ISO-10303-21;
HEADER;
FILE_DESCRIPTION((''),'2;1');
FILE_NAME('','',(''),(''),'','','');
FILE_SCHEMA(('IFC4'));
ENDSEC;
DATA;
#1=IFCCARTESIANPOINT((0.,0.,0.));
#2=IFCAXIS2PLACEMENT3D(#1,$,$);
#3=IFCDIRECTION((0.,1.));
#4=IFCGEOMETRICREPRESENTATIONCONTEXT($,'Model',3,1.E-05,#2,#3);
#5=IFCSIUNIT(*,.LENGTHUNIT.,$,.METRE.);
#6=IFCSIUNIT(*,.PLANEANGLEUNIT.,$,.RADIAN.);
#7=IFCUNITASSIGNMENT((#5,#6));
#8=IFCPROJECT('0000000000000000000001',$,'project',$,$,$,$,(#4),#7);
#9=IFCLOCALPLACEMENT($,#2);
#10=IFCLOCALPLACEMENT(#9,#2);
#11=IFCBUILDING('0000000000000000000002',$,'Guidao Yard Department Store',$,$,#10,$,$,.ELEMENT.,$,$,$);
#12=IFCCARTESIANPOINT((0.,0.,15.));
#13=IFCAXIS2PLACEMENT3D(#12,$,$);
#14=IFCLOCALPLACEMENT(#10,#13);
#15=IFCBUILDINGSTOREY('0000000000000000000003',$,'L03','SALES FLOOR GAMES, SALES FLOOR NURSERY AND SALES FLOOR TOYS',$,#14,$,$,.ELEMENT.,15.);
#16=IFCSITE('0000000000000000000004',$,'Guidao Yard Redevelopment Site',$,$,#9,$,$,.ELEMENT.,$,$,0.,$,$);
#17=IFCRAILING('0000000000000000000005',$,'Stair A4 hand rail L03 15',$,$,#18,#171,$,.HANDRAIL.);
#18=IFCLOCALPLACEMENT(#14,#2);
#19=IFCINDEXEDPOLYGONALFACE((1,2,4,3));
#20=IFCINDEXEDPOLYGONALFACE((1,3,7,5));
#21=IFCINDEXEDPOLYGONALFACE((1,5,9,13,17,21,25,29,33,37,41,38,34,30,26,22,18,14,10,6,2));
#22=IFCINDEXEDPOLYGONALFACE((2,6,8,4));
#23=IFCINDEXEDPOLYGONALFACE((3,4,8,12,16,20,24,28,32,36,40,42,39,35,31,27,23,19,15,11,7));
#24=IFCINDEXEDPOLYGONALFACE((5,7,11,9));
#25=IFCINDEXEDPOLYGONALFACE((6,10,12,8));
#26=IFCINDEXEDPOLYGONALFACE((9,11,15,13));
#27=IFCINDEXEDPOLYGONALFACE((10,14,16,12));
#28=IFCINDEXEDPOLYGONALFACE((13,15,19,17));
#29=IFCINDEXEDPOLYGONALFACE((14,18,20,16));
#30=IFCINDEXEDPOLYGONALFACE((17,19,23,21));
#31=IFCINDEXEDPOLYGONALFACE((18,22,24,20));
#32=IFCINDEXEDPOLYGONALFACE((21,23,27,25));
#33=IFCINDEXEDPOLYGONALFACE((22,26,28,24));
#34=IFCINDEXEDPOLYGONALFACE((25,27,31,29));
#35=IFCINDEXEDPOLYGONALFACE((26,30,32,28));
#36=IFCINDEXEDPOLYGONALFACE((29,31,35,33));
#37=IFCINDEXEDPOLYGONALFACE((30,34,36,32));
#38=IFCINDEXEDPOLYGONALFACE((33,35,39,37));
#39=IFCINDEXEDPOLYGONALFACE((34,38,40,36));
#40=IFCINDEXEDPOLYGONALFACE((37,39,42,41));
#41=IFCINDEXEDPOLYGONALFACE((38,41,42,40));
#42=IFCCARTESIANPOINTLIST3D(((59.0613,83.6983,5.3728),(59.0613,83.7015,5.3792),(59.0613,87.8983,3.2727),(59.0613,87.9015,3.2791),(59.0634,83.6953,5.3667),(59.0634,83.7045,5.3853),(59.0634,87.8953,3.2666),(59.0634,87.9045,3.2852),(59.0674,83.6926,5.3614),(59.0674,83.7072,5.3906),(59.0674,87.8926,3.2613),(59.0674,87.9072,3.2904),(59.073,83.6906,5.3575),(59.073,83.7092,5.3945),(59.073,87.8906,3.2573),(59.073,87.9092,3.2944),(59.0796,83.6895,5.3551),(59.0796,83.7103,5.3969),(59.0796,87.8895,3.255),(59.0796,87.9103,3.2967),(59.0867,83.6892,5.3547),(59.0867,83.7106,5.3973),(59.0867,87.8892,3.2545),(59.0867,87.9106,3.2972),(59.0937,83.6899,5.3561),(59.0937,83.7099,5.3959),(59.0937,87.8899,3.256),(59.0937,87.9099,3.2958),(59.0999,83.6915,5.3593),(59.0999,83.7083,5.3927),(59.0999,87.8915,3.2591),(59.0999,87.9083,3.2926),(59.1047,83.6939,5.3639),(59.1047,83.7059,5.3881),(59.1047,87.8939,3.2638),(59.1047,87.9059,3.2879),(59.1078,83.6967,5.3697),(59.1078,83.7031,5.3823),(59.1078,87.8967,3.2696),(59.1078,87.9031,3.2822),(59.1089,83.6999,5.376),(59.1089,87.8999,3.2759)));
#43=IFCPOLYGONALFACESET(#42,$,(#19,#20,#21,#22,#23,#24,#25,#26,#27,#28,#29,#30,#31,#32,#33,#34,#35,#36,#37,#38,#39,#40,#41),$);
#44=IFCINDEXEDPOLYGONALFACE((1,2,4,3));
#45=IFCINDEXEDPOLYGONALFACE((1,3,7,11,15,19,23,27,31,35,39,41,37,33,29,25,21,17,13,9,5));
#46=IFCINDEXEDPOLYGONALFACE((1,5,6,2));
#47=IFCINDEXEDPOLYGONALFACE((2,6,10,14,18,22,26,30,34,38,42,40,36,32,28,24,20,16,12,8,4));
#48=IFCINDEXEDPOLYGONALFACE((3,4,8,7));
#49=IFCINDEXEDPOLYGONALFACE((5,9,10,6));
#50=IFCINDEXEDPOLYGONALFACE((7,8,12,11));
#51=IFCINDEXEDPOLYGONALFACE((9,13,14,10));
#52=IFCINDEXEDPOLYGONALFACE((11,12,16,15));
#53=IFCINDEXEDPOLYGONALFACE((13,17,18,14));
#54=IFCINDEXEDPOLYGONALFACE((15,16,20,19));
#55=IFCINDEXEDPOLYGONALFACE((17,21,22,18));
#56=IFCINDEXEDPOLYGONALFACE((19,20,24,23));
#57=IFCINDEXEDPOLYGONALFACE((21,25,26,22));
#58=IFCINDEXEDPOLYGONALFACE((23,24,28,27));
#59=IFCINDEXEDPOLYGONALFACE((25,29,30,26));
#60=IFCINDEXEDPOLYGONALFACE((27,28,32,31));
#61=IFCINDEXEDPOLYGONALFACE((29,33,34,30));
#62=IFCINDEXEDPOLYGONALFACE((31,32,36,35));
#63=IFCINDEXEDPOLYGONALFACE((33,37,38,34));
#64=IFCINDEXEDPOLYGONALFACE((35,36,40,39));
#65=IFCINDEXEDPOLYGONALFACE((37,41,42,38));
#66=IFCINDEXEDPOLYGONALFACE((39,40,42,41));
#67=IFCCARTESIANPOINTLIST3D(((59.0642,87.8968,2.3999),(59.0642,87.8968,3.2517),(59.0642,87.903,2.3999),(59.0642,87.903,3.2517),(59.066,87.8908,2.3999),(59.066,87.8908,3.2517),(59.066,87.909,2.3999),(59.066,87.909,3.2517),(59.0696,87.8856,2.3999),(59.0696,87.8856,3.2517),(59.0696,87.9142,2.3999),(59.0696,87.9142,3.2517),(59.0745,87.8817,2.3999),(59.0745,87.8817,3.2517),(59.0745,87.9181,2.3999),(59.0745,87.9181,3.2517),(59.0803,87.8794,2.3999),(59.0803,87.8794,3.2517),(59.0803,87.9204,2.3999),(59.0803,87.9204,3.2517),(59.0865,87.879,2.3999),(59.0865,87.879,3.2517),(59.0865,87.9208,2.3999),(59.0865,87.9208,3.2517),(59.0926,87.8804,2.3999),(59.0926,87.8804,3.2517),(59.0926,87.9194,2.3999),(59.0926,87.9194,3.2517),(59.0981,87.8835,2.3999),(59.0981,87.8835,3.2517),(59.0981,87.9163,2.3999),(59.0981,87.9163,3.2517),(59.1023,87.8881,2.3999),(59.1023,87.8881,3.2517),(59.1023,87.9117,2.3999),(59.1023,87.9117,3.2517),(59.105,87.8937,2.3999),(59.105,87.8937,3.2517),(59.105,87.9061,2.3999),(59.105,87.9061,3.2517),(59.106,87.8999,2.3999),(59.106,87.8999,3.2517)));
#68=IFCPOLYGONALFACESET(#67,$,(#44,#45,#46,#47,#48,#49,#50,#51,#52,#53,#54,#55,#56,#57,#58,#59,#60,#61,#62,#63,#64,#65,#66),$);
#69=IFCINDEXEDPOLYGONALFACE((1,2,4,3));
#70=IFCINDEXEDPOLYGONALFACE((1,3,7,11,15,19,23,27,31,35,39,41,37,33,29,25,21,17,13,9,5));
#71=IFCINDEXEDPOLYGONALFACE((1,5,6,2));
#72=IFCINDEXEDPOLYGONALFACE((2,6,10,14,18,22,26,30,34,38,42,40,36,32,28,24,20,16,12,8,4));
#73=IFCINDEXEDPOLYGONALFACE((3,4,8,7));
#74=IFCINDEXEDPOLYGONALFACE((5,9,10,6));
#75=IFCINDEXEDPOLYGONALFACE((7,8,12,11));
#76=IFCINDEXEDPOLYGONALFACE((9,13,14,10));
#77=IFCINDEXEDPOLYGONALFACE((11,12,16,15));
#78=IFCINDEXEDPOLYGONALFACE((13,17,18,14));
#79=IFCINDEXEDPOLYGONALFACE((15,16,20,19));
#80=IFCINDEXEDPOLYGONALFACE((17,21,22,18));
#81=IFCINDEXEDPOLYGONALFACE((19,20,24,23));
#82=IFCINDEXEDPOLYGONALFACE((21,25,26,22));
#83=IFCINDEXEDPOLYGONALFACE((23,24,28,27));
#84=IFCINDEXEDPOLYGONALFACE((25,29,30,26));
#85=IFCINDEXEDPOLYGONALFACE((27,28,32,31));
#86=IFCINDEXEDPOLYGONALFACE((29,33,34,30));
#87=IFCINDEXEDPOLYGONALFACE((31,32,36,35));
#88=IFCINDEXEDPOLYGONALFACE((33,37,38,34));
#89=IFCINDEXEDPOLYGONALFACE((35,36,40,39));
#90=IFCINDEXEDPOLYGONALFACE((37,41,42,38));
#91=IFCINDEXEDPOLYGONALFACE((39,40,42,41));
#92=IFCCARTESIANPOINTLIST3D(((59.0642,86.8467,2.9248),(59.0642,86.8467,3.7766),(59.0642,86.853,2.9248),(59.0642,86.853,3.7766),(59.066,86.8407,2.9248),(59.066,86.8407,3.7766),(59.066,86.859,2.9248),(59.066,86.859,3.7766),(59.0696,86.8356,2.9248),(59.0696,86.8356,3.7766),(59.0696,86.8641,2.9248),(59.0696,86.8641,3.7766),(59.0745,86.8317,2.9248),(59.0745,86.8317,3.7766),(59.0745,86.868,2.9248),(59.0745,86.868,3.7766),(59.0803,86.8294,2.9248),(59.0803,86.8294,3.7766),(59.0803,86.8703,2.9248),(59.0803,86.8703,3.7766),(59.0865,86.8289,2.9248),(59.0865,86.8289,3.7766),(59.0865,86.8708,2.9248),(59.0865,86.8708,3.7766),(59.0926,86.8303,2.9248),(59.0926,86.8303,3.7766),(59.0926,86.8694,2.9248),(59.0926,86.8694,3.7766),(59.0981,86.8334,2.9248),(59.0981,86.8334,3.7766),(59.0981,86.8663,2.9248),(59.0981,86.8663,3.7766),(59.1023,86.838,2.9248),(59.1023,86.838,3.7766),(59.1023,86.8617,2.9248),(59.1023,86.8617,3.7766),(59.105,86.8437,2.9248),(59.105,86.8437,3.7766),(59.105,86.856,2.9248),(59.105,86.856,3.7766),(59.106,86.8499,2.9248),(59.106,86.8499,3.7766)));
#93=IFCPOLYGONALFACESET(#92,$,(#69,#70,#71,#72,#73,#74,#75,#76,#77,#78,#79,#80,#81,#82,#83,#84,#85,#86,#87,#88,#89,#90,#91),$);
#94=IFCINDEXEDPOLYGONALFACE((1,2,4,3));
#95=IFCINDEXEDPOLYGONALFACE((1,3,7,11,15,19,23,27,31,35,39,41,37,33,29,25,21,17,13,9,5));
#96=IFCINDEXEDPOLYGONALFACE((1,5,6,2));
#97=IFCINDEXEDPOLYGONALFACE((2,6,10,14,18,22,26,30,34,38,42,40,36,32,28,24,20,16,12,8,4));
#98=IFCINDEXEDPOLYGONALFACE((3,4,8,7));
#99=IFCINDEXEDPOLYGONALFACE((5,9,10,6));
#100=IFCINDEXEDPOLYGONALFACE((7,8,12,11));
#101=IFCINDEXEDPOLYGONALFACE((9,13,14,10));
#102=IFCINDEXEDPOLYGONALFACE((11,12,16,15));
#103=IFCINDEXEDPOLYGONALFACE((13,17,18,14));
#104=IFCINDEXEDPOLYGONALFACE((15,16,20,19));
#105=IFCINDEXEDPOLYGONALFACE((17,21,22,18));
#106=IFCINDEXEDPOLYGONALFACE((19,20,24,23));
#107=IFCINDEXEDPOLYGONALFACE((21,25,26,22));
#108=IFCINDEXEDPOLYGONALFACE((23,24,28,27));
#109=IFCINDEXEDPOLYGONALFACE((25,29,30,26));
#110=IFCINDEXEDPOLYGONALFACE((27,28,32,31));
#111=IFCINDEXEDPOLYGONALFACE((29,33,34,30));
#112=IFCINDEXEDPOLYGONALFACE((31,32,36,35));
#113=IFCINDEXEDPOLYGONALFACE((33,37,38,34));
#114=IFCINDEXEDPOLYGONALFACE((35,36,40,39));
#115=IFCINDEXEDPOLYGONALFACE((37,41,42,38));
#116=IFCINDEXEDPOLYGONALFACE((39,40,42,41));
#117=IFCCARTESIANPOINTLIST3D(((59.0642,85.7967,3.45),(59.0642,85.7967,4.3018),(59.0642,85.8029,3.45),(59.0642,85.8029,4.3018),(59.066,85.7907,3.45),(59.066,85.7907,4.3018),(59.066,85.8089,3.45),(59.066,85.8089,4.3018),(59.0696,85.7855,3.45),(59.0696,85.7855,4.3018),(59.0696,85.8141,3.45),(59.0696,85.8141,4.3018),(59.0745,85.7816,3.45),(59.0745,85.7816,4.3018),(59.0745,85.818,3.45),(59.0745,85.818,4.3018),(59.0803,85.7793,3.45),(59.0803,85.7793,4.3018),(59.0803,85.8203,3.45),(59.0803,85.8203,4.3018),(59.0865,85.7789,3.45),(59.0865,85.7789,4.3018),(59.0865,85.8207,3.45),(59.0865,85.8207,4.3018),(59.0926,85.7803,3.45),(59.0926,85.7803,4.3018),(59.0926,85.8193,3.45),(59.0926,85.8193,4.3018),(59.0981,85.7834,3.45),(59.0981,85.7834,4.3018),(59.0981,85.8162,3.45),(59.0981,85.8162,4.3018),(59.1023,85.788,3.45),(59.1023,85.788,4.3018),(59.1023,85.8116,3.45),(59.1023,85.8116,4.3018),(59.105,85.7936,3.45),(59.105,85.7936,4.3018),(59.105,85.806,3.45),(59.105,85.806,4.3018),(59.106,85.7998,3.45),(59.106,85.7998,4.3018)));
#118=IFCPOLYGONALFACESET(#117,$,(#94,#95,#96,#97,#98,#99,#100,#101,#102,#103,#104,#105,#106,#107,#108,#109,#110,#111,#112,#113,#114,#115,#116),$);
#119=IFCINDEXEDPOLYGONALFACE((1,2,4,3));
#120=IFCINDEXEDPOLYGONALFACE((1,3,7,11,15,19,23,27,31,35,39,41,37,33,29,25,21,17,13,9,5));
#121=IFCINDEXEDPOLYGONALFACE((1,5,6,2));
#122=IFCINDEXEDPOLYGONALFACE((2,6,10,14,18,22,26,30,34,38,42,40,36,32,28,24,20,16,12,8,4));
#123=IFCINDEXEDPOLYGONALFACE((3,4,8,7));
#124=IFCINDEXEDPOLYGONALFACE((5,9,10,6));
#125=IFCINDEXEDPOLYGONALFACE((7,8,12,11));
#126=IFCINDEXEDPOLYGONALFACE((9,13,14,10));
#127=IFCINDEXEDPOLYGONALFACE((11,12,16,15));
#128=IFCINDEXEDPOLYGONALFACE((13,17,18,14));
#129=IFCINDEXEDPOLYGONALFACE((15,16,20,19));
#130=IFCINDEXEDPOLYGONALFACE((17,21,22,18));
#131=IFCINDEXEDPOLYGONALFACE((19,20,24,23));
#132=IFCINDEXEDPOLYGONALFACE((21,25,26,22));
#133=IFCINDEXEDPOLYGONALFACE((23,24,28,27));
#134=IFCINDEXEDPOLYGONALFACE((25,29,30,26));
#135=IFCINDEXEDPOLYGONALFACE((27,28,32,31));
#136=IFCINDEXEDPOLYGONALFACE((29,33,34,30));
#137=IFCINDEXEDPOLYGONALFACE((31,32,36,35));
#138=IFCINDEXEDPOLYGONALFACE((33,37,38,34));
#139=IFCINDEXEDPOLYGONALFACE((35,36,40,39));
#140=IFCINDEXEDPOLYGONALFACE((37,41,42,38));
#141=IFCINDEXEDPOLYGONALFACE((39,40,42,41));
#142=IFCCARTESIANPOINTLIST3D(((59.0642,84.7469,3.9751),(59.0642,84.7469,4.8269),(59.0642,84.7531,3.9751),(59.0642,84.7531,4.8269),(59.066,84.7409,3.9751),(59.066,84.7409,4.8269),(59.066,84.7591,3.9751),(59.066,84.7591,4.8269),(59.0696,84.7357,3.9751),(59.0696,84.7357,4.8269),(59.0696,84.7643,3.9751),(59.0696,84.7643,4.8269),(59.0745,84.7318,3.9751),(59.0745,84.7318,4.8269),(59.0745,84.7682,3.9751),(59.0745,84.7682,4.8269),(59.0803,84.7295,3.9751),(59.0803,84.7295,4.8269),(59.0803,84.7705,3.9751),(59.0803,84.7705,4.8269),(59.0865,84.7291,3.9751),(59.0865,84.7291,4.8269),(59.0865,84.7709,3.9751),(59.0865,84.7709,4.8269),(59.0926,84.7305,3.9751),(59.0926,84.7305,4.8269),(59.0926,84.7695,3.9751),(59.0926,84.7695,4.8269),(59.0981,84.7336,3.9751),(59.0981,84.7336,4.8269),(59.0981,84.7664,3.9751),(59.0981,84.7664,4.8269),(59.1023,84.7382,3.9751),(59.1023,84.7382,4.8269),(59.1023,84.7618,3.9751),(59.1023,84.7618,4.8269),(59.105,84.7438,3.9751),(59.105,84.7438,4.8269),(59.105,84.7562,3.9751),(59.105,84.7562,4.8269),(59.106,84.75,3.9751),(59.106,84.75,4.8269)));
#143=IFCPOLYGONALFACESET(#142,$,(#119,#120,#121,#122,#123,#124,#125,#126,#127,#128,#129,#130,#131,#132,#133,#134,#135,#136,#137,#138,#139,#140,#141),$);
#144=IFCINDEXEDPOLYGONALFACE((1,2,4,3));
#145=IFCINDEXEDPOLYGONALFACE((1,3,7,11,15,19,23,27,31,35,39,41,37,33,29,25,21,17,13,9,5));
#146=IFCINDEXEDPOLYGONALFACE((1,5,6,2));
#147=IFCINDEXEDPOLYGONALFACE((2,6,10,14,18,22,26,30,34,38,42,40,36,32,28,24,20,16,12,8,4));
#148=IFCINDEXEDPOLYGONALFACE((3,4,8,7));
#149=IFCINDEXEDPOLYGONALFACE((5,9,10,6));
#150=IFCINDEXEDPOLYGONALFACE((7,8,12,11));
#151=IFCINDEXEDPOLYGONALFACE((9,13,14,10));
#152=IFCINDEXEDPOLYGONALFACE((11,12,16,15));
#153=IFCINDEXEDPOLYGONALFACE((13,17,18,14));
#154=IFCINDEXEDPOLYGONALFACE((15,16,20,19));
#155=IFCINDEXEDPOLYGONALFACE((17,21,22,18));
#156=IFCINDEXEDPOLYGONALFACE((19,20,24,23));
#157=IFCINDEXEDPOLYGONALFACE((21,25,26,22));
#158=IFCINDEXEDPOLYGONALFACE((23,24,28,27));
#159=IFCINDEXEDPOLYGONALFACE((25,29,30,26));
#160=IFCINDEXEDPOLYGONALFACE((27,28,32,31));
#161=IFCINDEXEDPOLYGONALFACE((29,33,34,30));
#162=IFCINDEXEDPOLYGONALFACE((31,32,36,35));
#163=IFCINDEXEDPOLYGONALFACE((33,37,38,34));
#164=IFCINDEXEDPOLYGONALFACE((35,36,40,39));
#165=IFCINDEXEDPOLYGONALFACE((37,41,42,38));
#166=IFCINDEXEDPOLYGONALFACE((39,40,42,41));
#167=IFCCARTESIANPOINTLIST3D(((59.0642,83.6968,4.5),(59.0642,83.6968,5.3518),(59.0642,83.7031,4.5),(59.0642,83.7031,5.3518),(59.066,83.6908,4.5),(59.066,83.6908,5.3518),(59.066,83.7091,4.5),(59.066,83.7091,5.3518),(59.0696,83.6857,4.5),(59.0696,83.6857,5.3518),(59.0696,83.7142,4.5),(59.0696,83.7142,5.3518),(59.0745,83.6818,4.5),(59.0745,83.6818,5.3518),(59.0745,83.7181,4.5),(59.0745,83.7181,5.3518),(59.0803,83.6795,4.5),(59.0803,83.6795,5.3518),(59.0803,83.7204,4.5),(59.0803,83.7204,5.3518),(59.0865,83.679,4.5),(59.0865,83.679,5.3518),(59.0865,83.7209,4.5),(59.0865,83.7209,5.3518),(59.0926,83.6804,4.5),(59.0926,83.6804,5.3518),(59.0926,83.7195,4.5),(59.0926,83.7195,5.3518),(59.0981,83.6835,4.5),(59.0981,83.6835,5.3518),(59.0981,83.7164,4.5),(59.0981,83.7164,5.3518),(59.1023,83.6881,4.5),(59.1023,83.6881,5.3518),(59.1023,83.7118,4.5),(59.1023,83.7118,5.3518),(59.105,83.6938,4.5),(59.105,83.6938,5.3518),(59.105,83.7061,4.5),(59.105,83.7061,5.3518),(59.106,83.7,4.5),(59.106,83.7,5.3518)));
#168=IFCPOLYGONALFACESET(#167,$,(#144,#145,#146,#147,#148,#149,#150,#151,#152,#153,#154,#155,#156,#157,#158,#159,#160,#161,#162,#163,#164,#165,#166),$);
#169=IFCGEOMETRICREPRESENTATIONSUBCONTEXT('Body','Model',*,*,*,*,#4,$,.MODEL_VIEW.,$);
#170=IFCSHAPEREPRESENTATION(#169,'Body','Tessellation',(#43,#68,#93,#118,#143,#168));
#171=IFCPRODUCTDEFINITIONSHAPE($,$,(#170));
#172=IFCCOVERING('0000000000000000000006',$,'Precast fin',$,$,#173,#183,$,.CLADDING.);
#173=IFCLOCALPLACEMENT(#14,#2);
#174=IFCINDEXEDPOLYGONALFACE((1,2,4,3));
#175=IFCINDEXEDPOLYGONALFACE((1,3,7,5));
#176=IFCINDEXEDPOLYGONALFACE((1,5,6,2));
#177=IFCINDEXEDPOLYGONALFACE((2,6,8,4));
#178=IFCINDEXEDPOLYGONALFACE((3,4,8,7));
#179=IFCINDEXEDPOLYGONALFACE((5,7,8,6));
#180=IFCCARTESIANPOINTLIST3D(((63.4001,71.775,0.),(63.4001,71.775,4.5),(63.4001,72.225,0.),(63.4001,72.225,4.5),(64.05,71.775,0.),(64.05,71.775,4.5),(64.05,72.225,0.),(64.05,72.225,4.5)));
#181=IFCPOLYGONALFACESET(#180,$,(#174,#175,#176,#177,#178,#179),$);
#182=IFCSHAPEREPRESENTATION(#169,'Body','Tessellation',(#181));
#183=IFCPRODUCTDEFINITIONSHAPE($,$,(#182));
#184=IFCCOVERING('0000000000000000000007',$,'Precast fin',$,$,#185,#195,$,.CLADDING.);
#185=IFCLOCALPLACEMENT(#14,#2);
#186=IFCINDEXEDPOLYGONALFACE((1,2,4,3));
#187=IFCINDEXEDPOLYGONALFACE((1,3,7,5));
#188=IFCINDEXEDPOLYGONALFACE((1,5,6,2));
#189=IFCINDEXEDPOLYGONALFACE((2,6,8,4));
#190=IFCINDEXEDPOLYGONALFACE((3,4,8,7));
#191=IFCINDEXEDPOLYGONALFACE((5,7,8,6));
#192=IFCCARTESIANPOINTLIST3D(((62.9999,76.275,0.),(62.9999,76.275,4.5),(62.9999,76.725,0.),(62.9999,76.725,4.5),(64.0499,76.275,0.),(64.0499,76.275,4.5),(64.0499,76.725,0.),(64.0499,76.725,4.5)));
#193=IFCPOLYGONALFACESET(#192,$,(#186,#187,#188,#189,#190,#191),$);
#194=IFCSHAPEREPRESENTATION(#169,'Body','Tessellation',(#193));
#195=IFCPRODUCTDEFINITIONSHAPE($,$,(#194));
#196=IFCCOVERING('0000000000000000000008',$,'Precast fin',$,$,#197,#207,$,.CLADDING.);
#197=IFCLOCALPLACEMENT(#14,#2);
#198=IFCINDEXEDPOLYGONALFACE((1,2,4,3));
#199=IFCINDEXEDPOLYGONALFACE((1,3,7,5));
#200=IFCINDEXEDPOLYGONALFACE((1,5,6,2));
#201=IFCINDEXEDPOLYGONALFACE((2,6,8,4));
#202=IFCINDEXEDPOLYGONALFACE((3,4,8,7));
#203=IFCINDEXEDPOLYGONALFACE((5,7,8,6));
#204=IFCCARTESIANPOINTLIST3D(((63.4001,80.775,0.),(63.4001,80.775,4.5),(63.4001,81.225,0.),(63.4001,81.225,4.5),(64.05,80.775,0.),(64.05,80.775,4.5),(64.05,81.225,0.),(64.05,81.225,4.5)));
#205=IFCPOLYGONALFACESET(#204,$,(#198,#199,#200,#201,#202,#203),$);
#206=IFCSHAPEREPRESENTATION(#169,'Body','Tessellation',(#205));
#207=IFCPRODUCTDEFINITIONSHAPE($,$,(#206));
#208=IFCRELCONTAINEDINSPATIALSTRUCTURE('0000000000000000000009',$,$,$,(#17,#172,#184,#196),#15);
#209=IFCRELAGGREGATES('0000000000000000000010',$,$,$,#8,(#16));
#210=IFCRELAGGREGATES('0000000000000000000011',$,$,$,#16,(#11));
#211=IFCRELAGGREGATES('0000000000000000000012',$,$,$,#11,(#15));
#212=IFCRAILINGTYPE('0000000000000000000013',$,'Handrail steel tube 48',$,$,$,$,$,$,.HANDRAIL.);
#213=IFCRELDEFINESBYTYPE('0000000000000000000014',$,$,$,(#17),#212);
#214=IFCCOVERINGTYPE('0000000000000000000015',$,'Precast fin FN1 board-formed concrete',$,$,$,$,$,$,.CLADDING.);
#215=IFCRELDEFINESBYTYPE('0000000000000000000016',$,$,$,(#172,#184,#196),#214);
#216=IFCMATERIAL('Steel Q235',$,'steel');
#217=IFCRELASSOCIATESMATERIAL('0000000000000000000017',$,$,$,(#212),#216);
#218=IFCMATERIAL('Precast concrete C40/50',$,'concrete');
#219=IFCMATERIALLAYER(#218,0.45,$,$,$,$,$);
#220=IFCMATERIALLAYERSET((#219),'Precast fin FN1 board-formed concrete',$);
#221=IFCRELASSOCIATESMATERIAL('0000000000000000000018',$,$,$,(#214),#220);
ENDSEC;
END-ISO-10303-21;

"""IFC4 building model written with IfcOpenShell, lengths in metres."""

from ifc_helpers import new_model, si_unit, direction, frame, origin, origin_2d, place, context, subcontext, project, spatial, rectangle, circle, extrude, material, layer, layer_set, type_object, element, save


model = new_model("IFC4")

# Units and contexts
model_context = context("Model", 3, precision=1e-05, world=origin(), true_north=direction((0.0, 1.0)))
body_context = subcontext(model_context, "Body", "Model", "MODEL_VIEW")
ifc_project = project(units=[si_unit("LENGTHUNIT", "METRE"), si_unit("PLANEANGLEUNIT", "RADIAN")], contexts=[model_context])

# Site, building, storey
site_placement = place(None, origin())
site = spatial("IfcSite", under=ifc_project, at=site_placement, Name="Guidao Yard Redevelopment Site", CompositionType="ELEMENT", RefElevation=0.0)
building_placement = place(site_placement, origin())
building = spatial("IfcBuilding", under=site, at=building_placement, Name="Guidao Yard Department Store", CompositionType="ELEMENT")
storey_placement = place(building_placement, frame((0.0, 0.0, 15.0)))
storey = spatial("IfcBuildingStorey", under=building, at=storey_placement, Name="L03", Description="SALES FLOOR GAMES, SALES FLOOR NURSERY AND SALES FLOOR TOYS", CompositionType="ELEMENT", Elevation=15.0)

# Railing
ifc_material_1 = material(Name="Steel Q235", Category="steel")
railing_type_1 = type_object("IfcRailingType", Name="Handrail steel tube 48", PredefinedType="HANDRAIL", material=ifc_material_1)
railing_1_placement = place(storey_placement, frame((59.085, 87.8999, 2.3999)))
element("IfcRailing", 1, at=railing_1_placement, inside=storey, type_object=railing_type_1, Name="Stair A4 hand rail L03 15", PredefinedType="HANDRAIL", context=body_context, shape_type="SweptSolid", body=[
    extrude(circle(Radius=0.0239, at=origin_2d()), frame((0.0, 0.0, 0.876), z_axis=(0.0, -0.894417, 0.447234), x_axis=(1.0, 0.0, 0.0)), (0.0, 0.0, 1.0), 4.6958),
    extrude(circle(Radius=0.021, at=origin_2d()), origin(), (0.0, 0.0, 1.0), 0.8518),
    extrude(circle(Radius=0.021, at=origin_2d()), frame((0.0, -1.05, 0.5249)), (0.0, 0.0, 1.0), 0.8518),
    extrude(circle(Radius=0.021, at=origin_2d()), frame((0.0, -2.1001, 1.05)), (0.0, 0.0, 1.0), 0.8518),
    extrude(circle(Radius=0.021, at=origin_2d()), frame((0.0, -3.1499, 1.5752)), (0.0, 0.0, 1.0), 0.8518),
    extrude(circle(Radius=0.021, at=origin_2d()), frame((0.0, -4.2, 2.1001)), (0.0, 0.0, 1.0), 0.8518),
])

# Coverings
ifc_material_2 = material(Name="Precast concrete C40/50", Category="concrete")
ifc_layer_1 = layer(ifc_material_2, 0.45)
ifc_layer_set_1 = layer_set([ifc_layer_1], Name="Precast fin FN1 board-formed concrete")
covering_type = type_object("IfcCoveringType", Name="Precast fin FN1 board-formed concrete", PredefinedType="CLADDING", material=ifc_layer_set_1)
covering_1_placement = place(storey_placement, frame((63.7251, 72.0, 0.0), z_axis=(0.0, 0.0, 1.0), x_axis=(0.0, -1.0, 0.0)))
element("IfcCovering", 2, at=covering_1_placement, inside=storey, type_object=covering_type, Name="Precast fin", PredefinedType="CLADDING", context=body_context, shape_type="SweptSolid", body=[
    extrude(rectangle(XDim=0.45, YDim=0.6499, at=origin_2d()), origin(), (0.0, 0.0, 1.0), 4.5),
])
covering_2_placement = place(storey_placement, frame((63.5249, 76.5, 0.0), z_axis=(0.0, 0.0, 1.0), x_axis=(0.0, -1.0, 0.0)))
element("IfcCovering", 3, at=covering_2_placement, inside=storey, type_object=covering_type, Name="Precast fin", PredefinedType="CLADDING", context=body_context, shape_type="SweptSolid", body=[
    extrude(rectangle(XDim=0.45, YDim=1.05, at=origin_2d()), origin(), (0.0, 0.0, 1.0), 4.5),
])
covering_3_placement = place(storey_placement, frame((63.7251, 81.0, 0.0), z_axis=(0.0, 0.0, 1.0), x_axis=(0.0, -1.0, 0.0)))
element("IfcCovering", 4, at=covering_3_placement, inside=storey, type_object=covering_type, Name="Precast fin", PredefinedType="CLADDING", context=body_context, shape_type="SweptSolid", body=[
    extrude(rectangle(XDim=0.45, YDim=0.6499, at=origin_2d()), origin(), (0.0, 0.0, 1.0), 4.5),
])

save(model, "model.ifc")
